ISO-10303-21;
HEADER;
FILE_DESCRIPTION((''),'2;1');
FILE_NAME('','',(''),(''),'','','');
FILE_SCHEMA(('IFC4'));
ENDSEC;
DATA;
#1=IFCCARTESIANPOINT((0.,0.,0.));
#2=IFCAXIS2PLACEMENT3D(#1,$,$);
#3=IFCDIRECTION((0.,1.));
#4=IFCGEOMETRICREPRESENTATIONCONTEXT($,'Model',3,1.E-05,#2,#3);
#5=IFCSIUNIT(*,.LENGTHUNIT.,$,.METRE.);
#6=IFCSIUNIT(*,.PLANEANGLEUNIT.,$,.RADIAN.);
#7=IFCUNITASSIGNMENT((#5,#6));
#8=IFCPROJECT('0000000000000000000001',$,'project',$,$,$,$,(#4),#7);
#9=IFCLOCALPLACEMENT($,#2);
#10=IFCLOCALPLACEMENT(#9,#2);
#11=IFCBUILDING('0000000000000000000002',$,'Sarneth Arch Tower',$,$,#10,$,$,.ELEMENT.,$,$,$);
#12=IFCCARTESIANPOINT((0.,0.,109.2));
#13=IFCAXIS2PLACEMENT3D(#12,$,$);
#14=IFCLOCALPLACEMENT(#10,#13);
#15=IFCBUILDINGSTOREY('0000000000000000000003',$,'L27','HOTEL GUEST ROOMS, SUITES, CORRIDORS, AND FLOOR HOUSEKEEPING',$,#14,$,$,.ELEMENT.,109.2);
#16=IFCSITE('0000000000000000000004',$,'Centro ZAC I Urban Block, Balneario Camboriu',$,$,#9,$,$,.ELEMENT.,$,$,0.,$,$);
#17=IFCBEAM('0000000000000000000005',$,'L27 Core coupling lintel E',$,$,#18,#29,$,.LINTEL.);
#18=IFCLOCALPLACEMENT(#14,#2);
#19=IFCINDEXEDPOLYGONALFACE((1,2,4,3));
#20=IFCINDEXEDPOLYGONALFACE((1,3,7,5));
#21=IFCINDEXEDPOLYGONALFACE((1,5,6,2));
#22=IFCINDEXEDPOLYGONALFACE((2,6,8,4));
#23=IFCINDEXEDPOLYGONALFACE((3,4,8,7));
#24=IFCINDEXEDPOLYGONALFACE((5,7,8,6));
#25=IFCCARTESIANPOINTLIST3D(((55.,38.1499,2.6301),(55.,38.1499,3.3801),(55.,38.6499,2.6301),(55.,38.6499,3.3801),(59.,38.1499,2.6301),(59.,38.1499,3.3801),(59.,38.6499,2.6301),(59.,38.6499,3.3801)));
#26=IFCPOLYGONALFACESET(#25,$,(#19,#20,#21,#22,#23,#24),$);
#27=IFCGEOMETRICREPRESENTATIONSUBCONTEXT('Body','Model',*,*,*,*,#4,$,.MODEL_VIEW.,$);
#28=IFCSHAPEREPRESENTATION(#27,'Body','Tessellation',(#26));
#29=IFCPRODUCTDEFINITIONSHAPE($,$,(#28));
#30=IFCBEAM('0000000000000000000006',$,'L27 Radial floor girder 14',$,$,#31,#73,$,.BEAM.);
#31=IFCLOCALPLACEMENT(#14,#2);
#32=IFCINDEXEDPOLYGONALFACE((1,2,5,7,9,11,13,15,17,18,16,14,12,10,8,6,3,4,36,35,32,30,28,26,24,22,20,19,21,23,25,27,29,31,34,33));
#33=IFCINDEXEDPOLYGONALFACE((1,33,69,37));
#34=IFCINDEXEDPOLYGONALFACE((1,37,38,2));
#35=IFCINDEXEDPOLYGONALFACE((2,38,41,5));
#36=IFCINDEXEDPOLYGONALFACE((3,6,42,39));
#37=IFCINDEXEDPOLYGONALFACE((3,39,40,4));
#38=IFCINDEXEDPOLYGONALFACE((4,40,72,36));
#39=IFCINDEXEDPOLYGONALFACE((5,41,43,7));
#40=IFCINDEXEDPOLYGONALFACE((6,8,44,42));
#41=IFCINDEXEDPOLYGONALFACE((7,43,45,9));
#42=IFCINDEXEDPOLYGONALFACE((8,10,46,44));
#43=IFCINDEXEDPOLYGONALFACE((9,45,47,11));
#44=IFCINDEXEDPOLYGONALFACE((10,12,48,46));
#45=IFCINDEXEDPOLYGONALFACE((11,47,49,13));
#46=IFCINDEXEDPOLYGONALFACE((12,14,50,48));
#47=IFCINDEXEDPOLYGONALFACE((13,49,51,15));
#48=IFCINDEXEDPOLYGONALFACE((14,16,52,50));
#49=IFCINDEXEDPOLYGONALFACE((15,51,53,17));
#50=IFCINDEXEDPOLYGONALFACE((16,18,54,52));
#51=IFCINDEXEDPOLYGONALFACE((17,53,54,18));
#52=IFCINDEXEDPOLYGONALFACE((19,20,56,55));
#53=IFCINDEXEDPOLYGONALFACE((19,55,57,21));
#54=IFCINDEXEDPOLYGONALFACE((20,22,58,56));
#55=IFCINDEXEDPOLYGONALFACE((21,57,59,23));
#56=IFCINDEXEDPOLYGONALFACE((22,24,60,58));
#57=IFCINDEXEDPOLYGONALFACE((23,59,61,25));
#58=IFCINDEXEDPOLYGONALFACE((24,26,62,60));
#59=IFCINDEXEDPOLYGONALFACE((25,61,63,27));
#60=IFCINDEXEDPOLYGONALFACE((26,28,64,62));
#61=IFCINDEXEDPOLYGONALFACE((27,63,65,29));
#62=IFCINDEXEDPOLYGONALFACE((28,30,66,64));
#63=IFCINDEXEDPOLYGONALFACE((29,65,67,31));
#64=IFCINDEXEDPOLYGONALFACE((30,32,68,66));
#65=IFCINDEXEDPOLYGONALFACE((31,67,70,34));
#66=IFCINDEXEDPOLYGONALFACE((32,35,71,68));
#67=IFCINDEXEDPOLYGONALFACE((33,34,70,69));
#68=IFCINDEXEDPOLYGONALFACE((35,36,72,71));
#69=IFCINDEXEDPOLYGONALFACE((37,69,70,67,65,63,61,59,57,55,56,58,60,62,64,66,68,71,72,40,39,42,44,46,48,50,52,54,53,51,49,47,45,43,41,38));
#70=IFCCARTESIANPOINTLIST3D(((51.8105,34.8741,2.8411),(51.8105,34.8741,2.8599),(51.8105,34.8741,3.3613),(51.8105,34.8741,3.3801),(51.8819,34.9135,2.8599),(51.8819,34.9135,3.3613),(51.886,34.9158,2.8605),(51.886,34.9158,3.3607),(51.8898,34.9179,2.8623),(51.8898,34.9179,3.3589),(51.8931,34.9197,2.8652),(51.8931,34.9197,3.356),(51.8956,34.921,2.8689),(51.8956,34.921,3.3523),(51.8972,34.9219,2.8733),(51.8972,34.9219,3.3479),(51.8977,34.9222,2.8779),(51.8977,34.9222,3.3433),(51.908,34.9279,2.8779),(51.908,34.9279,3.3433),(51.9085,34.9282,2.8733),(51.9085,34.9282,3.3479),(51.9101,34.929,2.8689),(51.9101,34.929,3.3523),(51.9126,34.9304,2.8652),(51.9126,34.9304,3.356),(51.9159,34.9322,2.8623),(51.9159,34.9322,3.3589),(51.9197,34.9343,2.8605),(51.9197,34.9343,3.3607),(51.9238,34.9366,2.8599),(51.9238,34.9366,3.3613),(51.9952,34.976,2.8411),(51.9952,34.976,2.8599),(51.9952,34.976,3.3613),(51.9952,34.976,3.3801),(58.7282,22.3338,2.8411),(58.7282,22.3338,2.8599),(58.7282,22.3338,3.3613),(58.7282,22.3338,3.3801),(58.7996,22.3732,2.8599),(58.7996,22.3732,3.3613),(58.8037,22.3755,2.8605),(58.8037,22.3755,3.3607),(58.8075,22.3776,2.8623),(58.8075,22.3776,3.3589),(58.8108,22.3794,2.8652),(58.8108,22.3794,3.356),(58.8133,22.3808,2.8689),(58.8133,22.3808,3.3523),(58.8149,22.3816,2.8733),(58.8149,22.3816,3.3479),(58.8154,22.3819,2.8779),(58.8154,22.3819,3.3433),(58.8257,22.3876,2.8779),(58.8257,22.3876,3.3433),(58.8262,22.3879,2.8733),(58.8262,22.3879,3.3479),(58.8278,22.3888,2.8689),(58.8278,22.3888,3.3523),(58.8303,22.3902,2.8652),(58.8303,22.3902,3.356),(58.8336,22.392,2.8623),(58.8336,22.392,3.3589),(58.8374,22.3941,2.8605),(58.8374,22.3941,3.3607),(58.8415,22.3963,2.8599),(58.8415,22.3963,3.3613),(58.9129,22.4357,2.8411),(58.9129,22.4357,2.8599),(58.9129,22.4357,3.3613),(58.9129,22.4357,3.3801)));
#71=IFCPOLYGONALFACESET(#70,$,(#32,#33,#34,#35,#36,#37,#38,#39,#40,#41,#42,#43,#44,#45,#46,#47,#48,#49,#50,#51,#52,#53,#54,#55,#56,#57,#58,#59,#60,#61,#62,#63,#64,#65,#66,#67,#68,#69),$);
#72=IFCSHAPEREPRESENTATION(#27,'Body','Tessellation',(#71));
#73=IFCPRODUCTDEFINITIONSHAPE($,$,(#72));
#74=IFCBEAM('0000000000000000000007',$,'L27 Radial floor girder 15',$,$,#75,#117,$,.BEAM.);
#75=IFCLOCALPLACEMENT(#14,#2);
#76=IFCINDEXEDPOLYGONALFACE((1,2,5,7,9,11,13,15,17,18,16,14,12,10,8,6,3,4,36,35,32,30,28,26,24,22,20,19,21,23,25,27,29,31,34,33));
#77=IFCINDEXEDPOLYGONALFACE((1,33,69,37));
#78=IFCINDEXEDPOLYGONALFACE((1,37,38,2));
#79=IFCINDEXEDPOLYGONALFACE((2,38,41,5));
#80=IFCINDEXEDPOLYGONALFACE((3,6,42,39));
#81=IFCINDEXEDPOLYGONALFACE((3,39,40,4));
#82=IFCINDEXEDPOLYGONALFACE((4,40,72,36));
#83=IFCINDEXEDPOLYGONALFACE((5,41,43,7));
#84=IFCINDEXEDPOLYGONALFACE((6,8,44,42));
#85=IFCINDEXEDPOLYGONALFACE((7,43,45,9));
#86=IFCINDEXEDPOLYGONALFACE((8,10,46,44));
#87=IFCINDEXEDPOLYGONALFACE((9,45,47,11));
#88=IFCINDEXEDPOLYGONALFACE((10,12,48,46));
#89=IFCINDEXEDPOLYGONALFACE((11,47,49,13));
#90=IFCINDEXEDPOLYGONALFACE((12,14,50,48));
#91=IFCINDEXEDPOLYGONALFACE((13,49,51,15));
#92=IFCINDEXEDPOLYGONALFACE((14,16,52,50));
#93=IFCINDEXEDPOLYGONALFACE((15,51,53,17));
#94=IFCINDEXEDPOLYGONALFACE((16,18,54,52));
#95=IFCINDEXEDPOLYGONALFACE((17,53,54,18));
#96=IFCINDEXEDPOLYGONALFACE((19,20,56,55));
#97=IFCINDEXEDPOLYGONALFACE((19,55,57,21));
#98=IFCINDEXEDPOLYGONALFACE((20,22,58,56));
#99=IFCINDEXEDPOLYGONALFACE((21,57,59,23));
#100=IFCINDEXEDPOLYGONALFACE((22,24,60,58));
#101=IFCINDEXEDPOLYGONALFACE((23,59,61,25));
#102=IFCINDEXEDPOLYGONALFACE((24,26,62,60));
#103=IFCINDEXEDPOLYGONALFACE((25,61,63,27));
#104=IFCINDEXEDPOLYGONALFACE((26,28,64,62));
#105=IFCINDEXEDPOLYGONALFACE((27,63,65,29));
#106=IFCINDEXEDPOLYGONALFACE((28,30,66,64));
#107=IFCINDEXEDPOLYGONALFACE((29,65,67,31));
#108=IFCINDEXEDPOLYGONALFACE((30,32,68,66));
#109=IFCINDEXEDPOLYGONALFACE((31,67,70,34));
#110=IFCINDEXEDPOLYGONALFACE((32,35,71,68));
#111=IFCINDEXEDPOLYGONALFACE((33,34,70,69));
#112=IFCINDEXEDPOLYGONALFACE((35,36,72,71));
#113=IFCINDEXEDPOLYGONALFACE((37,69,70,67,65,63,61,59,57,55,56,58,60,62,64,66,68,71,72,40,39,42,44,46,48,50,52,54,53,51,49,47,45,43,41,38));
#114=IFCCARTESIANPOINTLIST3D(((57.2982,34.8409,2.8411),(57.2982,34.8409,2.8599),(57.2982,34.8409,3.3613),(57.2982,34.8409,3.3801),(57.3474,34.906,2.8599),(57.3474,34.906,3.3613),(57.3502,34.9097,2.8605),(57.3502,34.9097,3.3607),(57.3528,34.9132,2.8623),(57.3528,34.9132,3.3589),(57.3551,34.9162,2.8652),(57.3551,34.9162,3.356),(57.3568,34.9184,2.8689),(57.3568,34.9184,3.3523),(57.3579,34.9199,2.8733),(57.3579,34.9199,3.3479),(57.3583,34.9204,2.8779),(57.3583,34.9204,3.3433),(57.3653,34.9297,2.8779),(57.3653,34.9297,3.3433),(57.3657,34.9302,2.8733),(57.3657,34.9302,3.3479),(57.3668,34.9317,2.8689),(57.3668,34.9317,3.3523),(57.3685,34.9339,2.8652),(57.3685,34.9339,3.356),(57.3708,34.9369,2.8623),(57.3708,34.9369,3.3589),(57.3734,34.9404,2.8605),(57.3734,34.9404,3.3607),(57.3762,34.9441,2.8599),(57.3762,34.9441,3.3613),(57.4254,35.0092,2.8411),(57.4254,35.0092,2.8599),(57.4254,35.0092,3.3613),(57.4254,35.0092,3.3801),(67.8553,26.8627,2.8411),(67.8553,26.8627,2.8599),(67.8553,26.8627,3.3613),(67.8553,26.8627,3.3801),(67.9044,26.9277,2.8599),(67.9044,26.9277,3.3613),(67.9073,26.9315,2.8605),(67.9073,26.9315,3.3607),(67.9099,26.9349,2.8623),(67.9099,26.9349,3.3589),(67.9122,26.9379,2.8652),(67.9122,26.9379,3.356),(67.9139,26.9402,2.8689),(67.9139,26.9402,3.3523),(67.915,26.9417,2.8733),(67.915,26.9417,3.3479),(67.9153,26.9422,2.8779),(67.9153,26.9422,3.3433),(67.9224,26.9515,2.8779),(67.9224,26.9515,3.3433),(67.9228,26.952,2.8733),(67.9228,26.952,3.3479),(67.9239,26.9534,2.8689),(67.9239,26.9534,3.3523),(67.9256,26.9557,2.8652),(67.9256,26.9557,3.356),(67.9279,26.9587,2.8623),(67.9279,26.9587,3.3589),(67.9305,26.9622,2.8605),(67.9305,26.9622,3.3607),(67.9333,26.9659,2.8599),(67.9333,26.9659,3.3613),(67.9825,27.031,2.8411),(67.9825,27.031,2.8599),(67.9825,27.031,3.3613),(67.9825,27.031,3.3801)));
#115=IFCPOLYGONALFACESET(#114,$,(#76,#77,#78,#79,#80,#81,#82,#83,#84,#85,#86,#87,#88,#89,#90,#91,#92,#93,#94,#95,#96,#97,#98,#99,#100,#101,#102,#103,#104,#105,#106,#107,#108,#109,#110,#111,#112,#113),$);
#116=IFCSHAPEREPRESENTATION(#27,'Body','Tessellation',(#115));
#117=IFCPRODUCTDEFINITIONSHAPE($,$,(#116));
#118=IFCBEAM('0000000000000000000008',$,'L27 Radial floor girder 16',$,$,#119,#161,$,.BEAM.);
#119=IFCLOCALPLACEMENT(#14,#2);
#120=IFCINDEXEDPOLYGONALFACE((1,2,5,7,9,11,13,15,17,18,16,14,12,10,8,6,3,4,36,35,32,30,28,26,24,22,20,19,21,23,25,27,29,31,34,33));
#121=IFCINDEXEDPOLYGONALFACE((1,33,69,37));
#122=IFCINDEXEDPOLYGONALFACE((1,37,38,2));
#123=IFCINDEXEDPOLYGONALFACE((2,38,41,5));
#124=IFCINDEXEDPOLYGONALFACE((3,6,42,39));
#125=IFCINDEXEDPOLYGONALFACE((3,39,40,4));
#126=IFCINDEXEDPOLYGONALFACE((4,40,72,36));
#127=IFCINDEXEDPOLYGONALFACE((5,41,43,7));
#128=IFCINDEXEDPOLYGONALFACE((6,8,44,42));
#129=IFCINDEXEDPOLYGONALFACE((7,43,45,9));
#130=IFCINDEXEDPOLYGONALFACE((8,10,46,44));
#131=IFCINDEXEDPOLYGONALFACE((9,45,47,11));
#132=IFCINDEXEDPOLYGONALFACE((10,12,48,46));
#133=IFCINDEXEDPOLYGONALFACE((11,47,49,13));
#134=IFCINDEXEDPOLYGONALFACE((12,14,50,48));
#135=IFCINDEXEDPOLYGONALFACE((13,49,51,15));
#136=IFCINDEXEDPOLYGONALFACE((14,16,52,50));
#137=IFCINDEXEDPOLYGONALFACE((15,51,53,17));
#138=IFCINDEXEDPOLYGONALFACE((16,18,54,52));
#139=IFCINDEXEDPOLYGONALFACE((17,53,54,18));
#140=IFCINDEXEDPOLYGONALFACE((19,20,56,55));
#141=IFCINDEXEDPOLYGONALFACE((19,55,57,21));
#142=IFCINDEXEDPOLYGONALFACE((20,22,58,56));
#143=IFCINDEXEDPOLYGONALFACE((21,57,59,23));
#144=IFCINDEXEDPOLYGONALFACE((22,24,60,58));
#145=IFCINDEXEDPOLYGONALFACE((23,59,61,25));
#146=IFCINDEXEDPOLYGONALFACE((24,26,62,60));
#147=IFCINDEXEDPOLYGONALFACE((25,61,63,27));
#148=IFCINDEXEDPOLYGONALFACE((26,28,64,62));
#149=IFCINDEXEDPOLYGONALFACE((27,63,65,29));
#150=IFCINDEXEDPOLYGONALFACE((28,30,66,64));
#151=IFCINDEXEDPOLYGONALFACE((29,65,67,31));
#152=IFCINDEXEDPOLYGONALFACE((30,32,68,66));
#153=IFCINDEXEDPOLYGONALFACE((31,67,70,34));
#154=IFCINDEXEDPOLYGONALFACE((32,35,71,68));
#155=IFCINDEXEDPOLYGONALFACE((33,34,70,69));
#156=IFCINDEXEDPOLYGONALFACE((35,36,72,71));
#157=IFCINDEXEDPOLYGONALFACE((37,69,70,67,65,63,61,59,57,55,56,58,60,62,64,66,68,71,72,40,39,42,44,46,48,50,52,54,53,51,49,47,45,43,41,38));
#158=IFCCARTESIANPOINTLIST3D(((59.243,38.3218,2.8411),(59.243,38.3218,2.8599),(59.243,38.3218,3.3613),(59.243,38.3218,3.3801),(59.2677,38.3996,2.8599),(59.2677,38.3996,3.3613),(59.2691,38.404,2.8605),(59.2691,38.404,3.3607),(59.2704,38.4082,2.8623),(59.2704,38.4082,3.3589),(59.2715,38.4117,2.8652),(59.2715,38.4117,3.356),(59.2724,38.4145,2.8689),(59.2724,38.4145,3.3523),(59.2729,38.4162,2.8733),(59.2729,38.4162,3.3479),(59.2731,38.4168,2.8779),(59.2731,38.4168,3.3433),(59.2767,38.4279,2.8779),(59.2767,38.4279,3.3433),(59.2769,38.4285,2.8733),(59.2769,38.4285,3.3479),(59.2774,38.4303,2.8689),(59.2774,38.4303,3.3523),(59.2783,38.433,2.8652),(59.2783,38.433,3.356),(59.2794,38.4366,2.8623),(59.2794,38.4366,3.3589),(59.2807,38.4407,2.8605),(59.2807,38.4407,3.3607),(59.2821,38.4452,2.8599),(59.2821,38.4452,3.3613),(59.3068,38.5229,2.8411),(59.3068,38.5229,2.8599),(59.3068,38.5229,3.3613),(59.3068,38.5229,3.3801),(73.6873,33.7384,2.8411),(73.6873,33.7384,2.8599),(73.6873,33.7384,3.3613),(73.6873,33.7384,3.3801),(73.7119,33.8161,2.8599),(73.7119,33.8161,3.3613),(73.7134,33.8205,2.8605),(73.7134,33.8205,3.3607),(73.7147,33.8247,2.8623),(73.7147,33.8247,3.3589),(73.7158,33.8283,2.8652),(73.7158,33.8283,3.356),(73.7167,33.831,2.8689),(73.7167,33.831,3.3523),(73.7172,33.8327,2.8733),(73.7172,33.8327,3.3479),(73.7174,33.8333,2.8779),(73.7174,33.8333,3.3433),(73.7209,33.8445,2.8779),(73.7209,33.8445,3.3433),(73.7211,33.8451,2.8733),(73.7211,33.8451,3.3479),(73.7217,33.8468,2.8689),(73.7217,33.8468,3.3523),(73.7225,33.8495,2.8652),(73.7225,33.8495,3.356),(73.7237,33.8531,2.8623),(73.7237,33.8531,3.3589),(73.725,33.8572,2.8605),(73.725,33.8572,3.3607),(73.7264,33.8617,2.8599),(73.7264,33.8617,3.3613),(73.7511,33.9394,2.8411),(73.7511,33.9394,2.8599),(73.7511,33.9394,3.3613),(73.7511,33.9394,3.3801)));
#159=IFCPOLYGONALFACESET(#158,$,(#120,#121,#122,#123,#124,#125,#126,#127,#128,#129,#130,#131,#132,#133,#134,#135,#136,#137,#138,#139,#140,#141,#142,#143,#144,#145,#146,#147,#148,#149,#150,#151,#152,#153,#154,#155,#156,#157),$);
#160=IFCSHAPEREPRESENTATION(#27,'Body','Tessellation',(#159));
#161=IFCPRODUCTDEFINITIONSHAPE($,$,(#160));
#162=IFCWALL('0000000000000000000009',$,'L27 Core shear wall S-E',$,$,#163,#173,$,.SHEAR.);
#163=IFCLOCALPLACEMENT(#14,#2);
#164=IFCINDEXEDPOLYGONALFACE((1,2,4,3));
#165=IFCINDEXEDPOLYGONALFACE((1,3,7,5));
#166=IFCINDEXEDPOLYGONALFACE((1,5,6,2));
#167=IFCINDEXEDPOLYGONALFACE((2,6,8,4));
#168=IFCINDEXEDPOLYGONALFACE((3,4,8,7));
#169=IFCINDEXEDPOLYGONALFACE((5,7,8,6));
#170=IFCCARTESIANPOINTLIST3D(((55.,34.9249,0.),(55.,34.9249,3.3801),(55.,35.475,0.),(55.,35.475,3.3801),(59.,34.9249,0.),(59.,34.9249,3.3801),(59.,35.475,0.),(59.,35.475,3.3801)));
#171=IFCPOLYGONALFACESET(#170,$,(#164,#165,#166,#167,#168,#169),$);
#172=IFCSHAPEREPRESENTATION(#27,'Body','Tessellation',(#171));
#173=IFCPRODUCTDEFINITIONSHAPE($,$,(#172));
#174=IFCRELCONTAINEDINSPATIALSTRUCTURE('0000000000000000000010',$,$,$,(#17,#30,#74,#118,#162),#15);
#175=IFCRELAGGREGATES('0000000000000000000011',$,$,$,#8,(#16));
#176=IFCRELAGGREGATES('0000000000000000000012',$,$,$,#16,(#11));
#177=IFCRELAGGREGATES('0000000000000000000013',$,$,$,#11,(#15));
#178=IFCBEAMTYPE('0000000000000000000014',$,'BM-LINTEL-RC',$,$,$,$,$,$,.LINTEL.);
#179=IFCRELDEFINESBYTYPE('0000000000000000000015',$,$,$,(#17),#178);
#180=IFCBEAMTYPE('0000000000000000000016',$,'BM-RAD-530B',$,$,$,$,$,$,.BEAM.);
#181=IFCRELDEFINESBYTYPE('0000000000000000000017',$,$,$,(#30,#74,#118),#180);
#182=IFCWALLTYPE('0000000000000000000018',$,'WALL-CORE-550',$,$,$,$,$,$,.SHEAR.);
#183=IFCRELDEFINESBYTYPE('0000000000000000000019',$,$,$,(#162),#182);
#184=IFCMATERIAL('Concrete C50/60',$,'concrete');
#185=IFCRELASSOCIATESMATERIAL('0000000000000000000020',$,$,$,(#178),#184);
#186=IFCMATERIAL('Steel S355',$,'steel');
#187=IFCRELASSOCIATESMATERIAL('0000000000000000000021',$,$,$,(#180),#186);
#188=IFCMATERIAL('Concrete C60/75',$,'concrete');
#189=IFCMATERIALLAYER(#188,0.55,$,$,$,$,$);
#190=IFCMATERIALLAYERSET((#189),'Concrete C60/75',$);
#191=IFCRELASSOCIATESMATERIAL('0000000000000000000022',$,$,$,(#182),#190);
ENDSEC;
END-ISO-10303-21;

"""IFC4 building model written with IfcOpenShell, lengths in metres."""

from ifc_helpers import new_model, si_unit, direction, frame, frame_2d, origin, origin_2d, place, context, subcontext, project, spatial, rectangle, i_section, extrude, material, layer, layer_set, material_profile, profile_set, type_object, element, save


model = new_model("IFC4")

# Units and contexts
model_context = context("Model", 3, precision=1e-05, world=origin(), true_north=direction((0.0, 1.0)))
body_context = subcontext(model_context, "Body", "Model", "MODEL_VIEW")
ifc_project = project(units=[si_unit("LENGTHUNIT", "METRE"), si_unit("PLANEANGLEUNIT", "RADIAN")], contexts=[model_context])

# Site, building, storey
site_placement = place(None, origin())
site = spatial("IfcSite", under=ifc_project, at=site_placement, Name="Centro ZAC I Urban Block, Balneario Camboriu", CompositionType="ELEMENT", RefElevation=0.0)
building_placement = place(site_placement, origin())
building = spatial("IfcBuilding", under=site, at=building_placement, Name="Sarneth Arch Tower", CompositionType="ELEMENT")
storey_placement = place(building_placement, frame((0.0, 0.0, 109.2)))
storey = spatial("IfcBuildingStorey", under=building, at=storey_placement, Name="L27", Description="HOTEL GUEST ROOMS, SUITES, CORRIDORS, AND FLOOR HOUSEKEEPING", CompositionType="ELEMENT", Elevation=109.2)

# Beams
ifc_material_1 = material(Name="Concrete C50/60", Category="concrete")
ifc_material_profile_1 = material_profile(ifc_material_1, rectangle(XDim=0.5, YDim=0.75, at=origin_2d()), Name="RC-500x750")
ifc_profile_set_1 = profile_set([ifc_material_profile_1], Name="Concrete C50/60")
beam_type_1 = type_object("IfcBeamType", Name="BM-LINTEL-RC", PredefinedType="LINTEL", material=ifc_profile_set_1)
beam_1_placement = place(storey_placement, frame((55.0, 38.3999, 3.0051), z_axis=(1.0, 0.0, 0.0), x_axis=(0.0, 1.0, 0.0)))
element("IfcBeam", 1, at=beam_1_placement, inside=storey, type_object=beam_type_1, Name="L27 Core coupling lintel E", PredefinedType="LINTEL", context=body_context, shape_type="SweptSolid", body=[
    extrude(rectangle(XDim=0.5, YDim=0.75, at=origin_2d()), origin(), (0.0, 0.0, 1.0), 4.0),
])
ifc_material_2 = material(Name="Steel S355", Category="steel")
ifc_material_profile_2 = material_profile(ifc_material_2, i_section(OverallWidth=0.2109, OverallDepth=0.5391, WebThickness=0.0117, FlangeThickness=0.0188, FilletRadius=0.0181, at=origin_2d()), Name="W530x109")
ifc_profile_set_2 = profile_set([ifc_material_profile_2], Name="Steel S355")
beam_type_2 = type_object("IfcBeamType", Name="BM-RAD-530B", PredefinedType="BEAM", material=ifc_profile_set_2)
beam_2_placement = place(storey_placement, frame((51.9028, 34.925, 3.1106), z_axis=(0.483021, -0.875609, 0.0), x_axis=(0.875609, 0.483021, 0.0)))
element("IfcBeam", 2, at=beam_2_placement, inside=storey, type_object=beam_type_2, Name="L27 Radial floor girder 14", PredefinedType="BEAM", context=body_context, shape_type="SweptSolid", body=[
    extrude(i_section(OverallWidth=0.2109, OverallDepth=0.5391, WebThickness=0.0117, FlangeThickness=0.0188, FilletRadius=0.0181, at=origin_2d()), origin(), (0.0, 0.0, 1.0), 14.3218),
])
beam_3_placement = place(storey_placement, frame((57.3618, 34.925, 3.1106), z_axis=(0.797803, -0.602918, 0.0), x_axis=(0.602918, 0.797803, 0.0)))
element("IfcBeam", 3, at=beam_3_placement, inside=storey, type_object=beam_type_2, Name="L27 Radial floor girder 15", PredefinedType="BEAM", context=body_context, shape_type="SweptSolid", body=[
    extrude(i_section(OverallWidth=0.2109, OverallDepth=0.5391, WebThickness=0.0117, FlangeThickness=0.0188, FilletRadius=0.0181, at=origin_2d()), origin(), (0.0, 0.0, 1.0), 13.2327),
])
beam_4_placement = place(storey_placement, frame((59.2749, 38.4224, 3.1106), z_axis=(0.953162, -0.302459, 0.0), x_axis=(0.302459, 0.953162, 0.0)))
element("IfcBeam", 4, at=beam_4_placement, inside=storey, type_object=beam_type_2, Name="L27 Radial floor girder 16", PredefinedType="BEAM", context=body_context, shape_type="SweptSolid", body=[
    extrude(i_section(OverallWidth=0.2109, OverallDepth=0.5391, WebThickness=0.0117, FlangeThickness=0.0188, FilletRadius=0.0181, at=origin_2d()), origin(), (0.0, 0.0, 1.0), 15.1541),
])

# Wall
ifc_material_3 = material(Name="Concrete C60/75", Category="concrete")
ifc_layer_1 = layer(ifc_material_3, 0.55)
ifc_layer_set_1 = layer_set([ifc_layer_1], Name="Concrete C60/75")
wall_type_1 = type_object("IfcWallType", Name="WALL-CORE-550", PredefinedType="SHEAR", material=ifc_layer_set_1)
wall_1_placement = place(storey_placement, frame((55.0, 35.2, 0.0), z_axis=(0.0, 0.0, 1.0), x_axis=(1.0, 0.0, 0.0)))
element("IfcWall", 5, at=wall_1_placement, inside=storey, type_object=wall_type_1, Name="L27 Core shear wall S-E", PredefinedType="SHEAR", context=body_context, shape_type="SweptSolid", body=[
    extrude(rectangle(XDim=4.0, YDim=0.55, at=frame_2d((2.0, 0.0))), origin(), (0.0, 0.0, 1.0), 3.3801),
])

save(model, "model.ifc")
